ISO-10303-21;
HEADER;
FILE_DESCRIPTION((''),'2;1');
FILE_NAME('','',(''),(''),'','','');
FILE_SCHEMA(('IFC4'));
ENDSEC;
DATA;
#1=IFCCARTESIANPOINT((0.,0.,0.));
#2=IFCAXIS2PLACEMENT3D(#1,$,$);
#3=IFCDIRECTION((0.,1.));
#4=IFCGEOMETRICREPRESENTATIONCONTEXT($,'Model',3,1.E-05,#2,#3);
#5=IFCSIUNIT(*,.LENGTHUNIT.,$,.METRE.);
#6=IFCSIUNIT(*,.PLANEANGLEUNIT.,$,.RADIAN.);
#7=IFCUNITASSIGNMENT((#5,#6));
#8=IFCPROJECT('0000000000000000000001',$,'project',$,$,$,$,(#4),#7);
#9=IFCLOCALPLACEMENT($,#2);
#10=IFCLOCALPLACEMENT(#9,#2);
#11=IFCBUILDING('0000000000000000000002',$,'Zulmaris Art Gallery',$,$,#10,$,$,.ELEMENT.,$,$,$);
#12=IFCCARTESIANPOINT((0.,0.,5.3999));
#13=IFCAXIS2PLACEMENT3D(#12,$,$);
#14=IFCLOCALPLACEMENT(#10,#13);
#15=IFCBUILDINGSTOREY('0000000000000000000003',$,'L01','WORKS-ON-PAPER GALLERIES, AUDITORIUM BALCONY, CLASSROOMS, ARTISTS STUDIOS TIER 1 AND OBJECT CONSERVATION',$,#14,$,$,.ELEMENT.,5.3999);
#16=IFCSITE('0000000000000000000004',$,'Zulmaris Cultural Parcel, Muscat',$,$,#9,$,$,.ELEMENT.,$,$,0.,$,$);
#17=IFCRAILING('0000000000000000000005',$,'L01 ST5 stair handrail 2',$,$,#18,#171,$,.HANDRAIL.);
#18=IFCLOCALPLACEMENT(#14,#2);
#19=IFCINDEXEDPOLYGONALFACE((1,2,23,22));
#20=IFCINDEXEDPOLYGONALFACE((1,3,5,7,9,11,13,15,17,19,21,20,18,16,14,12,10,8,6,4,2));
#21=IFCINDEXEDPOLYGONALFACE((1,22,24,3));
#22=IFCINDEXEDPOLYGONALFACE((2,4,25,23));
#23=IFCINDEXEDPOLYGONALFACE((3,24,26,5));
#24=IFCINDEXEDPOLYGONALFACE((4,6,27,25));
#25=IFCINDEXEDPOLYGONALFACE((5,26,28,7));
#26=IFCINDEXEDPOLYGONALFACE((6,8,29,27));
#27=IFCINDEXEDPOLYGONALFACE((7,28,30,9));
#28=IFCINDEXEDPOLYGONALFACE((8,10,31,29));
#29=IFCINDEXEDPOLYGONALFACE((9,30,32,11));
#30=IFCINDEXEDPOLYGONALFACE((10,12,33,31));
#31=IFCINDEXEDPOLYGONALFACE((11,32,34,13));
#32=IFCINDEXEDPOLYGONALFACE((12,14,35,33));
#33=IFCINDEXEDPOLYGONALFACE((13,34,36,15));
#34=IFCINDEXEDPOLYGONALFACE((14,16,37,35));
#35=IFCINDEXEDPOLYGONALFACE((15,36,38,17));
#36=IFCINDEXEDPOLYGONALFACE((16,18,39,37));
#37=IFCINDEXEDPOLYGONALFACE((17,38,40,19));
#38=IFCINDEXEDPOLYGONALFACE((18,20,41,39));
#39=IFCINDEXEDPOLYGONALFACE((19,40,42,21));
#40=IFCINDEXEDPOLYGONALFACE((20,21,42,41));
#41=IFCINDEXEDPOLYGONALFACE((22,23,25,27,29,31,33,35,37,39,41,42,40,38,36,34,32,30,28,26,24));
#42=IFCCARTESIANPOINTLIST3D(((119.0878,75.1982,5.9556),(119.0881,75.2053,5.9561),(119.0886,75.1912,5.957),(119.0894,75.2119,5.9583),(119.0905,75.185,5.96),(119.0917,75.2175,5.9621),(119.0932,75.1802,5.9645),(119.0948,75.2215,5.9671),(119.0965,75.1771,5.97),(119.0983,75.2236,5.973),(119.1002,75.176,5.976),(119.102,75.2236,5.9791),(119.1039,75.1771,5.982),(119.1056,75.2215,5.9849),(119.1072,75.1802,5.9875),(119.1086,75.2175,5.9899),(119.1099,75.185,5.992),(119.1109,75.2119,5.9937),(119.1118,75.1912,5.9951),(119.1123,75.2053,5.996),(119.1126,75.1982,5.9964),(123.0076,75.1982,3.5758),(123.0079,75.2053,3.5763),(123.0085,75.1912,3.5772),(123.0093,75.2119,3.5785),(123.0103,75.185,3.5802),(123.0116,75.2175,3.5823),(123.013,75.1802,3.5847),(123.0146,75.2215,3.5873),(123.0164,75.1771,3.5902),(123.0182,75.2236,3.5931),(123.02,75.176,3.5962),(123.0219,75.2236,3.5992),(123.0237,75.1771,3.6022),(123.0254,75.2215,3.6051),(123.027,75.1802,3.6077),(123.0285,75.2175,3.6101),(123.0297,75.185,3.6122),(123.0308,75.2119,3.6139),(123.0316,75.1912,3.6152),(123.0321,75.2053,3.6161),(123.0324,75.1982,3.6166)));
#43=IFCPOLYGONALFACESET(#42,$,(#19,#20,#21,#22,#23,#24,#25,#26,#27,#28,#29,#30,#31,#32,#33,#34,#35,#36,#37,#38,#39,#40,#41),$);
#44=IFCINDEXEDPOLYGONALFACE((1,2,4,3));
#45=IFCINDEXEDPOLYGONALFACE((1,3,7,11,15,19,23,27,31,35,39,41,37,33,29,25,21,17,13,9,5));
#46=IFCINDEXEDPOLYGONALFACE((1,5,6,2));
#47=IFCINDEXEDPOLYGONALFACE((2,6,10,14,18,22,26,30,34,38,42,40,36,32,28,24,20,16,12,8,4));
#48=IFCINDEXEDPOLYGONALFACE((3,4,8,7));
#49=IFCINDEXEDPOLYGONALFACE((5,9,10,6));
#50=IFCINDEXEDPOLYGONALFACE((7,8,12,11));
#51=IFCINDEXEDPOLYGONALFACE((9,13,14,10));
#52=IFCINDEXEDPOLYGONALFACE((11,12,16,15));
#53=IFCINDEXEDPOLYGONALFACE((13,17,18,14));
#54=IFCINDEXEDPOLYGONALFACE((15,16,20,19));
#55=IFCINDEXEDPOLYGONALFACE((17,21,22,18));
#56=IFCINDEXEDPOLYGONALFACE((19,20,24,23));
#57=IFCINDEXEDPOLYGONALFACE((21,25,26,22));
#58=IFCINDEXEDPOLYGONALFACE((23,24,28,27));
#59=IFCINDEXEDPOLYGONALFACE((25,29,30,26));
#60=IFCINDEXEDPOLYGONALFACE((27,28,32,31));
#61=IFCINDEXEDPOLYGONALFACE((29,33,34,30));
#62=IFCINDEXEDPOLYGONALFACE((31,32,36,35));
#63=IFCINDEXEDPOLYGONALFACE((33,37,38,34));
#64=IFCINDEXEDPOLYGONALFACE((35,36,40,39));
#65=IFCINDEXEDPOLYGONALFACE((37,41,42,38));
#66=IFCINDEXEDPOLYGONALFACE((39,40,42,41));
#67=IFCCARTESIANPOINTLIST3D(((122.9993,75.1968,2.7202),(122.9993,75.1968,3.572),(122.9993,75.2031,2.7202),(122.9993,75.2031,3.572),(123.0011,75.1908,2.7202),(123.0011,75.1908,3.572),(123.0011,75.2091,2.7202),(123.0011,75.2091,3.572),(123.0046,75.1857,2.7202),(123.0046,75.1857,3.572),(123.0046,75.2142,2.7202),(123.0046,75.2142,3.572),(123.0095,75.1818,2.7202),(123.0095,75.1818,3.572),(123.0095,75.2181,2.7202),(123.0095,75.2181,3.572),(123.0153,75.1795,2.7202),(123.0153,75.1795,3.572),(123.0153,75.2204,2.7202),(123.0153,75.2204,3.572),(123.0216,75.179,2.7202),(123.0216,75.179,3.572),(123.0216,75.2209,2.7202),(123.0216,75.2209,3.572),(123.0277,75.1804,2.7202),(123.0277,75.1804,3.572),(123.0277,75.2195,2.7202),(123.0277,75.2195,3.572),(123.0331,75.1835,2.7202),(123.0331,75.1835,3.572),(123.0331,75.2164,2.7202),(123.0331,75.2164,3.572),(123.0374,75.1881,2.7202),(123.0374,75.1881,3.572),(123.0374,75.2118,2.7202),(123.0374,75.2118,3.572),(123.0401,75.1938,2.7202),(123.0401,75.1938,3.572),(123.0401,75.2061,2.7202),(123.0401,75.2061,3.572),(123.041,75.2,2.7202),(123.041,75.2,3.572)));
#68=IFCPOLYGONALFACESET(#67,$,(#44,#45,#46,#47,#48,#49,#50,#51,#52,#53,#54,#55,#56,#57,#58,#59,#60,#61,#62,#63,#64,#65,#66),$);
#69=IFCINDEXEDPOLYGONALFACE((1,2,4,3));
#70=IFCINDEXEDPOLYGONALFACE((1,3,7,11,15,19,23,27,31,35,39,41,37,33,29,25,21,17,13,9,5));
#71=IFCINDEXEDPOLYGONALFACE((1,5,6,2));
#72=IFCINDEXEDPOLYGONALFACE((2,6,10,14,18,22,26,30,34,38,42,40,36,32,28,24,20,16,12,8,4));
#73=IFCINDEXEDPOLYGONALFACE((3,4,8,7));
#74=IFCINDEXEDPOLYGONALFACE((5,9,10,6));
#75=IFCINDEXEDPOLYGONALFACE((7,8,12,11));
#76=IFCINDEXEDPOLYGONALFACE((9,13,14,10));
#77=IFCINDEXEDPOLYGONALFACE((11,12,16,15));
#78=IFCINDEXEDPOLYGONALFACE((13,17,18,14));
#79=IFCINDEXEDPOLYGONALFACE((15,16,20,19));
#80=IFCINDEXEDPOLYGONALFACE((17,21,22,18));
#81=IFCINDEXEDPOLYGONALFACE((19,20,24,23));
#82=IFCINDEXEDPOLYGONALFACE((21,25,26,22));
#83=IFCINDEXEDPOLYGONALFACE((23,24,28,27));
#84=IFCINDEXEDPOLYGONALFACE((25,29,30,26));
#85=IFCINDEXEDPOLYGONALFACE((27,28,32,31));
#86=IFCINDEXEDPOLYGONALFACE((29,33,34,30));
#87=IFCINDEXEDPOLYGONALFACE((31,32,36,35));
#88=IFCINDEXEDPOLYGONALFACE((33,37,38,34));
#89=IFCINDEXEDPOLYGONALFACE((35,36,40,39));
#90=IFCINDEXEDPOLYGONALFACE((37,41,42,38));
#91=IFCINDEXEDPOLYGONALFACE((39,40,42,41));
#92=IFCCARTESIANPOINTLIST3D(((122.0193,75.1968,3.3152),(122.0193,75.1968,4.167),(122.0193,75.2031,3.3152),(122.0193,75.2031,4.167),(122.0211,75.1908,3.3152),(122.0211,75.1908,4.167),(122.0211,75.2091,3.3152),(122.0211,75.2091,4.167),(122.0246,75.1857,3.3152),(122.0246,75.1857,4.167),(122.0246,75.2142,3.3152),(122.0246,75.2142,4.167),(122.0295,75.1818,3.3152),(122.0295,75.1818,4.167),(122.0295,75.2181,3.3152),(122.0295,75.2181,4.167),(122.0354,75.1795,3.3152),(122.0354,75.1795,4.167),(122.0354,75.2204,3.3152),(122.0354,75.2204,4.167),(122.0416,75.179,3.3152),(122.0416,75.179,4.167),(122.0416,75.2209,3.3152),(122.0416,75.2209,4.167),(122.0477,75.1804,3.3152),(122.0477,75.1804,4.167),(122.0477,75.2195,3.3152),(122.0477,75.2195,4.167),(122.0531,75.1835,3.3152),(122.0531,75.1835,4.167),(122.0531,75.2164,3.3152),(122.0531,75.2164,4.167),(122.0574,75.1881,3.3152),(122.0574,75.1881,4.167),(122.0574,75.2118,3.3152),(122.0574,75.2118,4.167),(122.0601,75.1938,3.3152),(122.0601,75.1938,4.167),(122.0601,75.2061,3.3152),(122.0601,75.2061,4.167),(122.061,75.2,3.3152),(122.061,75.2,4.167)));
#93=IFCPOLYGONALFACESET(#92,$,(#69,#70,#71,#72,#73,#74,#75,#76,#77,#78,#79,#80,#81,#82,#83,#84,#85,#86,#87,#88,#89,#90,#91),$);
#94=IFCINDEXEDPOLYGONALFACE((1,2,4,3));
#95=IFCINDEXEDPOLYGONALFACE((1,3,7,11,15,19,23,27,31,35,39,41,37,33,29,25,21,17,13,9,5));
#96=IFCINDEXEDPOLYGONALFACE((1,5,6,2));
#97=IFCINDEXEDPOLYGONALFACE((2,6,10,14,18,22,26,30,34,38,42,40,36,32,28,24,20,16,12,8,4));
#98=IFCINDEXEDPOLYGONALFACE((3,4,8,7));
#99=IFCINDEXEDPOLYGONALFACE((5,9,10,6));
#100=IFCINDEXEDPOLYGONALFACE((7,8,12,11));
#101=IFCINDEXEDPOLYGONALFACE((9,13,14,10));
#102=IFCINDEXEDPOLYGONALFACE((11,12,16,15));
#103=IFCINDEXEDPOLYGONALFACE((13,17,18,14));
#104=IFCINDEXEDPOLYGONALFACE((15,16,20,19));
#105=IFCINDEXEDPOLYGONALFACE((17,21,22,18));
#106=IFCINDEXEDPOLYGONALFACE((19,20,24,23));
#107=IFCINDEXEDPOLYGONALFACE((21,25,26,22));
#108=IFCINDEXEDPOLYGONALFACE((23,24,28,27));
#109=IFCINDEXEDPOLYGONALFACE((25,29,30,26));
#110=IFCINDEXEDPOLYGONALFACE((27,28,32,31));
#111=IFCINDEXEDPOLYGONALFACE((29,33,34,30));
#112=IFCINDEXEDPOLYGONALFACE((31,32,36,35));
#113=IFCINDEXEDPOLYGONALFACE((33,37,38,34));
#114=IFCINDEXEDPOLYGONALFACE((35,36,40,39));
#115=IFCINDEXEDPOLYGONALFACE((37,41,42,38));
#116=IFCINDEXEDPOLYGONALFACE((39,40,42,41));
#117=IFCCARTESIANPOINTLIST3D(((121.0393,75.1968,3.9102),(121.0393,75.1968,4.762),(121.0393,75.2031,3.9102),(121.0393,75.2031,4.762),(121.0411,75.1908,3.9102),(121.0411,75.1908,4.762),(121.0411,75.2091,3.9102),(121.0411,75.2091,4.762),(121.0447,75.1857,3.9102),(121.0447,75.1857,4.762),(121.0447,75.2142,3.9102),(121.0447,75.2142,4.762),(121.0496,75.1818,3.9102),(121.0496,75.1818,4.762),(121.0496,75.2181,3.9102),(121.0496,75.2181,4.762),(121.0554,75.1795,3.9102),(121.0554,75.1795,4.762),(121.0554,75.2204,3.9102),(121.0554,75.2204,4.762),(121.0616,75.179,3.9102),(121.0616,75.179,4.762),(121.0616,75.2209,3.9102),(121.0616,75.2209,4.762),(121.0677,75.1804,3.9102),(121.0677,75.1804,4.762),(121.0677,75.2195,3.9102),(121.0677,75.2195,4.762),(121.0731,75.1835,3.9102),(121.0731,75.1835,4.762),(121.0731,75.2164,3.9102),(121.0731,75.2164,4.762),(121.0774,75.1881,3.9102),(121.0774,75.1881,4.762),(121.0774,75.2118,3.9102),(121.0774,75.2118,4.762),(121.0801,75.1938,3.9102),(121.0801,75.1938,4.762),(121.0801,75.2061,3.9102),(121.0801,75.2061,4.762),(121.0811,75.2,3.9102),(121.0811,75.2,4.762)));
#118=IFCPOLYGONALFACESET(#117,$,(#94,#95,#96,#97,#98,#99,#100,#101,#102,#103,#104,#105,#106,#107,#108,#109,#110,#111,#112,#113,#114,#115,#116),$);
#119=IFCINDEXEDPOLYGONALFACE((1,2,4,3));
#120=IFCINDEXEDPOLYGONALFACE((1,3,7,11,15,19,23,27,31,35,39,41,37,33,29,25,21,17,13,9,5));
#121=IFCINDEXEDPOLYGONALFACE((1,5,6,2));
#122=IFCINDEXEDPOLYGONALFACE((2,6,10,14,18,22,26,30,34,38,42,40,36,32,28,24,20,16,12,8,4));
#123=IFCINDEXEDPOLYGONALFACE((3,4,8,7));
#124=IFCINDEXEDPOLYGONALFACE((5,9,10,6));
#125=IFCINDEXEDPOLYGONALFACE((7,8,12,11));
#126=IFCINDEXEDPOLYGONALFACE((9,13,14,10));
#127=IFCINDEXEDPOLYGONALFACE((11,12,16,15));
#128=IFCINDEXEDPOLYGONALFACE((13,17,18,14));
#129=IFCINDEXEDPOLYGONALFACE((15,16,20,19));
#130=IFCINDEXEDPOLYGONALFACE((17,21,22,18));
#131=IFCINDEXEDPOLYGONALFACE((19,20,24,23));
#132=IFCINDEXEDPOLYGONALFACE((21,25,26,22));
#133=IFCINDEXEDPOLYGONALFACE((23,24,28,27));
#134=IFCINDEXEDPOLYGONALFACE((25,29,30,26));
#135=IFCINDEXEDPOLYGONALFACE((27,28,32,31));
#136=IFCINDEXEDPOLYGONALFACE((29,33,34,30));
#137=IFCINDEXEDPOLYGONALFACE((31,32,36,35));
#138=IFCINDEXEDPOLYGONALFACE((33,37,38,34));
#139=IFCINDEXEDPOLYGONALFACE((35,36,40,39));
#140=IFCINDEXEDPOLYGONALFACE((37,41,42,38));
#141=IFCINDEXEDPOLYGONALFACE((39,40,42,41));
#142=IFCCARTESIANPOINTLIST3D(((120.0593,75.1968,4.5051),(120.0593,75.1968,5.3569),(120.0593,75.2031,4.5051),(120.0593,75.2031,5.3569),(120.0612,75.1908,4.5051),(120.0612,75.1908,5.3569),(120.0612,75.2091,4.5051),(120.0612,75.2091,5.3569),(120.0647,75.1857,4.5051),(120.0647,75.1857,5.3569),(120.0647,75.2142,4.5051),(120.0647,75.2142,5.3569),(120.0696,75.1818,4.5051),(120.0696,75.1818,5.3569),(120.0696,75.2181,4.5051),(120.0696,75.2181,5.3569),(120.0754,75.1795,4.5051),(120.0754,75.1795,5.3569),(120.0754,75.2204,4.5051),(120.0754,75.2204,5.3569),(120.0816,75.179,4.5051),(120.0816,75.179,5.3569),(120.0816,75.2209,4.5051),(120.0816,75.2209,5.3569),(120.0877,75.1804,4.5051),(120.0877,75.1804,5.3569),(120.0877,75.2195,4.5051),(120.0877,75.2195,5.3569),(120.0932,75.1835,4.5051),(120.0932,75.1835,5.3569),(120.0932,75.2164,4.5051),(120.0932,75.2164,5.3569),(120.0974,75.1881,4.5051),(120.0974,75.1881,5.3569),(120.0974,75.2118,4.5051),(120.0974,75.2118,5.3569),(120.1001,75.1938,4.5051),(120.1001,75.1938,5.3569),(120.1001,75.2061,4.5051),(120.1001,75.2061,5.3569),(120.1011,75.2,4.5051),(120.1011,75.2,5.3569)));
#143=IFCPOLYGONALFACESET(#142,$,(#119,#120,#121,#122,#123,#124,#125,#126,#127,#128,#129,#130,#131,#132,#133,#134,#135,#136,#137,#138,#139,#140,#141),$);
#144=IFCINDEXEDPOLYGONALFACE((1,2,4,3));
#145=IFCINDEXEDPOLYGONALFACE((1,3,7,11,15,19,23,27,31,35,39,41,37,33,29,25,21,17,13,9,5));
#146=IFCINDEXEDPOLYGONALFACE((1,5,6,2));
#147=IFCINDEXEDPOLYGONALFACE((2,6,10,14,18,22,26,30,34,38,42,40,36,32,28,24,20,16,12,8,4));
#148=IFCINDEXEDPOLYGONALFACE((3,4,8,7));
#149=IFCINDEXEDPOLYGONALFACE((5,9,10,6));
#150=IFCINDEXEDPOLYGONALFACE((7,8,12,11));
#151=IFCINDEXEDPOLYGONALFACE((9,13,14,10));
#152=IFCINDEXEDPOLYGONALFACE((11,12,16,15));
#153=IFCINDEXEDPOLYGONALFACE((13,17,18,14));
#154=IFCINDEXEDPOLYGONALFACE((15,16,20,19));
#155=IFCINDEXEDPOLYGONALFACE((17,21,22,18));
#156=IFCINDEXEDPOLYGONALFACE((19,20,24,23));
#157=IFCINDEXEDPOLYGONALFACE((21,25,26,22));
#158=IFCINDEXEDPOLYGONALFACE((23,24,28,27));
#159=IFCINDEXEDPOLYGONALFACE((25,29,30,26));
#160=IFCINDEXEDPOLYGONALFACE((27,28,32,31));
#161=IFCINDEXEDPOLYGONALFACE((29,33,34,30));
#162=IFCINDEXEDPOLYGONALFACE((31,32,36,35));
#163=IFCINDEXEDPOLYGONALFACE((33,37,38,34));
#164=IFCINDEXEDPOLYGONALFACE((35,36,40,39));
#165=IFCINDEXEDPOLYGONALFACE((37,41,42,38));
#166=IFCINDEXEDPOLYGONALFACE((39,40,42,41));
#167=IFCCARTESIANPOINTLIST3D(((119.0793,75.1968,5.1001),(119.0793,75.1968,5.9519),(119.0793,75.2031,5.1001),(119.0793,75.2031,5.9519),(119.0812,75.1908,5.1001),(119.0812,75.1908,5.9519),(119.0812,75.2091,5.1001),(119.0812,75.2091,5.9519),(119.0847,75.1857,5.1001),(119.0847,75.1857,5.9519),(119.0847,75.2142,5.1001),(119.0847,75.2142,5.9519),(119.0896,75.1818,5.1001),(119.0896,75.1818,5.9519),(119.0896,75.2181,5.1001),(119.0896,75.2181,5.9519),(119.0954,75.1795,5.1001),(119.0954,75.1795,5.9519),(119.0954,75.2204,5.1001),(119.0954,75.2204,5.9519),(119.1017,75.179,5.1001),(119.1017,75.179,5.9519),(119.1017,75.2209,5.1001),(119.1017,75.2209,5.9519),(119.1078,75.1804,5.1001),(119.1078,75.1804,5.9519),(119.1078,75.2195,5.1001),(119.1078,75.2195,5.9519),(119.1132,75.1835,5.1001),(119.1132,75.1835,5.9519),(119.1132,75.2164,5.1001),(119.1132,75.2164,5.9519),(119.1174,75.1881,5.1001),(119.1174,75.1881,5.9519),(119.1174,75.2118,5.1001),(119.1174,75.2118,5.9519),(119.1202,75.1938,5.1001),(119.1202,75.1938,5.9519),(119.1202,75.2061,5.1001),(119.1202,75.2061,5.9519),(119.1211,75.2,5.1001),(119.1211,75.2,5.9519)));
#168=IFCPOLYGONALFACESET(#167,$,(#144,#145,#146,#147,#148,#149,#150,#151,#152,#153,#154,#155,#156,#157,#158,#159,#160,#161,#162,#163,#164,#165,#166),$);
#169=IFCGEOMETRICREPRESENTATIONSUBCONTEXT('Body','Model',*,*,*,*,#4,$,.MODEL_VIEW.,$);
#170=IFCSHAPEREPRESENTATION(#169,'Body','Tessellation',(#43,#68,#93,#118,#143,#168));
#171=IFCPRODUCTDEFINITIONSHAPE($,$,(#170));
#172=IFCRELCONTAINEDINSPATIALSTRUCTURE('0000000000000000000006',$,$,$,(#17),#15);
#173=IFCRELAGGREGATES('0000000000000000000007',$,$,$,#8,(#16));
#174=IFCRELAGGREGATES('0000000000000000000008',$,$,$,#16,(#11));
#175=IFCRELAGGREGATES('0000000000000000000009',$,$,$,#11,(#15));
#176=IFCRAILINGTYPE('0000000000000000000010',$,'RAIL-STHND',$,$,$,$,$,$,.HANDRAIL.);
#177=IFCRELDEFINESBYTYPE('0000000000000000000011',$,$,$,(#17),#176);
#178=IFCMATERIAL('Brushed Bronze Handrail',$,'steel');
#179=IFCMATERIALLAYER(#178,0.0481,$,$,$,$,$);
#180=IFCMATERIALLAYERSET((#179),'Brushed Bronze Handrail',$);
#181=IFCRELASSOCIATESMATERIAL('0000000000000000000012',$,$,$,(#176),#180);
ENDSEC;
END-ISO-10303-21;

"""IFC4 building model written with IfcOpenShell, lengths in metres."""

from ifc_helpers import new_model, si_unit, direction, frame, origin, origin_2d, place, context, subcontext, project, spatial, circle, extrude, material, layer, layer_set, type_object, element, save


model = new_model("IFC4")

# Units and contexts
model_context = context("Model", 3, precision=1e-05, world=origin(), true_north=direction((0.0, 1.0)))
body_context = subcontext(model_context, "Body", "Model", "MODEL_VIEW")
ifc_project = project(units=[si_unit("LENGTHUNIT", "METRE"), si_unit("PLANEANGLEUNIT", "RADIAN")], contexts=[model_context])

# Site, building, storey
site_placement = place(None, origin())
site = spatial("IfcSite", under=ifc_project, at=site_placement, Name="Zulmaris Cultural Parcel, Muscat", CompositionType="ELEMENT", RefElevation=0.0)
building_placement = place(site_placement, origin())
building = spatial("IfcBuilding", under=site, at=building_placement, Name="Zulmaris Art Gallery", CompositionType="ELEMENT")
storey_placement = place(building_placement, frame((0.0, 0.0, 5.3999)))
storey = spatial("IfcBuildingStorey", under=building, at=storey_placement, Name="L01", Description="WORKS-ON-PAPER GALLERIES, AUDITORIUM BALCONY, CLASSROOMS, ARTISTS STUDIOS TIER 1 AND OBJECT CONSERVATION", CompositionType="ELEMENT", Elevation=5.3999)

# Railing
ifc_material_1 = material(Name="Brushed Bronze Handrail", Category="steel")
ifc_layer_1 = layer(ifc_material_1, 0.0481)
ifc_layer_set_1 = layer_set([ifc_layer_1], Name="Brushed Bronze Handrail")
railing_type_1 = type_object("IfcRailingType", Name="RAIL-STHND", PredefinedType="HANDRAIL", material=ifc_layer_set_1)
railing_1_placement = place(storey_placement, frame((123.02, 75.2, 2.7202)))
element("IfcRailing", 1, at=railing_1_placement, inside=storey, type_object=railing_type_1, Name="L01 ST5 stair handrail 2", PredefinedType="HANDRAIL", context=body_context, shape_type="SweptSolid", body=[
    extrude(circle(Radius=0.0239, at=origin_2d()), frame((0.0, 0.0, 0.876), z_axis=(-0.854794, 0.0, 0.518967), x_axis=(0.0, -1.0, 0.0)), (0.0, 0.0, 1.0), 4.5857),
    extrude(circle(Radius=0.021, at=origin_2d()), origin(), (0.0, 0.0, 1.0), 0.8518),
    extrude(circle(Radius=0.021, at=origin_2d()), frame((-0.98, 0.0, 0.595)), (0.0, 0.0, 1.0), 0.8518),
    extrude(circle(Radius=0.021, at=origin_2d()), frame((-1.96, 0.0, 1.1899)), (0.0, 0.0, 1.0), 0.8518),
    extrude(circle(Radius=0.021, at=origin_2d()), frame((-2.9399, 0.0, 1.7849)), (0.0, 0.0, 1.0), 0.8518),
    extrude(circle(Radius=0.021, at=origin_2d()), frame((-3.9199, 0.0, 2.3799)), (0.0, 0.0, 1.0), 0.8518),
])

save(model, "model.ifc")
